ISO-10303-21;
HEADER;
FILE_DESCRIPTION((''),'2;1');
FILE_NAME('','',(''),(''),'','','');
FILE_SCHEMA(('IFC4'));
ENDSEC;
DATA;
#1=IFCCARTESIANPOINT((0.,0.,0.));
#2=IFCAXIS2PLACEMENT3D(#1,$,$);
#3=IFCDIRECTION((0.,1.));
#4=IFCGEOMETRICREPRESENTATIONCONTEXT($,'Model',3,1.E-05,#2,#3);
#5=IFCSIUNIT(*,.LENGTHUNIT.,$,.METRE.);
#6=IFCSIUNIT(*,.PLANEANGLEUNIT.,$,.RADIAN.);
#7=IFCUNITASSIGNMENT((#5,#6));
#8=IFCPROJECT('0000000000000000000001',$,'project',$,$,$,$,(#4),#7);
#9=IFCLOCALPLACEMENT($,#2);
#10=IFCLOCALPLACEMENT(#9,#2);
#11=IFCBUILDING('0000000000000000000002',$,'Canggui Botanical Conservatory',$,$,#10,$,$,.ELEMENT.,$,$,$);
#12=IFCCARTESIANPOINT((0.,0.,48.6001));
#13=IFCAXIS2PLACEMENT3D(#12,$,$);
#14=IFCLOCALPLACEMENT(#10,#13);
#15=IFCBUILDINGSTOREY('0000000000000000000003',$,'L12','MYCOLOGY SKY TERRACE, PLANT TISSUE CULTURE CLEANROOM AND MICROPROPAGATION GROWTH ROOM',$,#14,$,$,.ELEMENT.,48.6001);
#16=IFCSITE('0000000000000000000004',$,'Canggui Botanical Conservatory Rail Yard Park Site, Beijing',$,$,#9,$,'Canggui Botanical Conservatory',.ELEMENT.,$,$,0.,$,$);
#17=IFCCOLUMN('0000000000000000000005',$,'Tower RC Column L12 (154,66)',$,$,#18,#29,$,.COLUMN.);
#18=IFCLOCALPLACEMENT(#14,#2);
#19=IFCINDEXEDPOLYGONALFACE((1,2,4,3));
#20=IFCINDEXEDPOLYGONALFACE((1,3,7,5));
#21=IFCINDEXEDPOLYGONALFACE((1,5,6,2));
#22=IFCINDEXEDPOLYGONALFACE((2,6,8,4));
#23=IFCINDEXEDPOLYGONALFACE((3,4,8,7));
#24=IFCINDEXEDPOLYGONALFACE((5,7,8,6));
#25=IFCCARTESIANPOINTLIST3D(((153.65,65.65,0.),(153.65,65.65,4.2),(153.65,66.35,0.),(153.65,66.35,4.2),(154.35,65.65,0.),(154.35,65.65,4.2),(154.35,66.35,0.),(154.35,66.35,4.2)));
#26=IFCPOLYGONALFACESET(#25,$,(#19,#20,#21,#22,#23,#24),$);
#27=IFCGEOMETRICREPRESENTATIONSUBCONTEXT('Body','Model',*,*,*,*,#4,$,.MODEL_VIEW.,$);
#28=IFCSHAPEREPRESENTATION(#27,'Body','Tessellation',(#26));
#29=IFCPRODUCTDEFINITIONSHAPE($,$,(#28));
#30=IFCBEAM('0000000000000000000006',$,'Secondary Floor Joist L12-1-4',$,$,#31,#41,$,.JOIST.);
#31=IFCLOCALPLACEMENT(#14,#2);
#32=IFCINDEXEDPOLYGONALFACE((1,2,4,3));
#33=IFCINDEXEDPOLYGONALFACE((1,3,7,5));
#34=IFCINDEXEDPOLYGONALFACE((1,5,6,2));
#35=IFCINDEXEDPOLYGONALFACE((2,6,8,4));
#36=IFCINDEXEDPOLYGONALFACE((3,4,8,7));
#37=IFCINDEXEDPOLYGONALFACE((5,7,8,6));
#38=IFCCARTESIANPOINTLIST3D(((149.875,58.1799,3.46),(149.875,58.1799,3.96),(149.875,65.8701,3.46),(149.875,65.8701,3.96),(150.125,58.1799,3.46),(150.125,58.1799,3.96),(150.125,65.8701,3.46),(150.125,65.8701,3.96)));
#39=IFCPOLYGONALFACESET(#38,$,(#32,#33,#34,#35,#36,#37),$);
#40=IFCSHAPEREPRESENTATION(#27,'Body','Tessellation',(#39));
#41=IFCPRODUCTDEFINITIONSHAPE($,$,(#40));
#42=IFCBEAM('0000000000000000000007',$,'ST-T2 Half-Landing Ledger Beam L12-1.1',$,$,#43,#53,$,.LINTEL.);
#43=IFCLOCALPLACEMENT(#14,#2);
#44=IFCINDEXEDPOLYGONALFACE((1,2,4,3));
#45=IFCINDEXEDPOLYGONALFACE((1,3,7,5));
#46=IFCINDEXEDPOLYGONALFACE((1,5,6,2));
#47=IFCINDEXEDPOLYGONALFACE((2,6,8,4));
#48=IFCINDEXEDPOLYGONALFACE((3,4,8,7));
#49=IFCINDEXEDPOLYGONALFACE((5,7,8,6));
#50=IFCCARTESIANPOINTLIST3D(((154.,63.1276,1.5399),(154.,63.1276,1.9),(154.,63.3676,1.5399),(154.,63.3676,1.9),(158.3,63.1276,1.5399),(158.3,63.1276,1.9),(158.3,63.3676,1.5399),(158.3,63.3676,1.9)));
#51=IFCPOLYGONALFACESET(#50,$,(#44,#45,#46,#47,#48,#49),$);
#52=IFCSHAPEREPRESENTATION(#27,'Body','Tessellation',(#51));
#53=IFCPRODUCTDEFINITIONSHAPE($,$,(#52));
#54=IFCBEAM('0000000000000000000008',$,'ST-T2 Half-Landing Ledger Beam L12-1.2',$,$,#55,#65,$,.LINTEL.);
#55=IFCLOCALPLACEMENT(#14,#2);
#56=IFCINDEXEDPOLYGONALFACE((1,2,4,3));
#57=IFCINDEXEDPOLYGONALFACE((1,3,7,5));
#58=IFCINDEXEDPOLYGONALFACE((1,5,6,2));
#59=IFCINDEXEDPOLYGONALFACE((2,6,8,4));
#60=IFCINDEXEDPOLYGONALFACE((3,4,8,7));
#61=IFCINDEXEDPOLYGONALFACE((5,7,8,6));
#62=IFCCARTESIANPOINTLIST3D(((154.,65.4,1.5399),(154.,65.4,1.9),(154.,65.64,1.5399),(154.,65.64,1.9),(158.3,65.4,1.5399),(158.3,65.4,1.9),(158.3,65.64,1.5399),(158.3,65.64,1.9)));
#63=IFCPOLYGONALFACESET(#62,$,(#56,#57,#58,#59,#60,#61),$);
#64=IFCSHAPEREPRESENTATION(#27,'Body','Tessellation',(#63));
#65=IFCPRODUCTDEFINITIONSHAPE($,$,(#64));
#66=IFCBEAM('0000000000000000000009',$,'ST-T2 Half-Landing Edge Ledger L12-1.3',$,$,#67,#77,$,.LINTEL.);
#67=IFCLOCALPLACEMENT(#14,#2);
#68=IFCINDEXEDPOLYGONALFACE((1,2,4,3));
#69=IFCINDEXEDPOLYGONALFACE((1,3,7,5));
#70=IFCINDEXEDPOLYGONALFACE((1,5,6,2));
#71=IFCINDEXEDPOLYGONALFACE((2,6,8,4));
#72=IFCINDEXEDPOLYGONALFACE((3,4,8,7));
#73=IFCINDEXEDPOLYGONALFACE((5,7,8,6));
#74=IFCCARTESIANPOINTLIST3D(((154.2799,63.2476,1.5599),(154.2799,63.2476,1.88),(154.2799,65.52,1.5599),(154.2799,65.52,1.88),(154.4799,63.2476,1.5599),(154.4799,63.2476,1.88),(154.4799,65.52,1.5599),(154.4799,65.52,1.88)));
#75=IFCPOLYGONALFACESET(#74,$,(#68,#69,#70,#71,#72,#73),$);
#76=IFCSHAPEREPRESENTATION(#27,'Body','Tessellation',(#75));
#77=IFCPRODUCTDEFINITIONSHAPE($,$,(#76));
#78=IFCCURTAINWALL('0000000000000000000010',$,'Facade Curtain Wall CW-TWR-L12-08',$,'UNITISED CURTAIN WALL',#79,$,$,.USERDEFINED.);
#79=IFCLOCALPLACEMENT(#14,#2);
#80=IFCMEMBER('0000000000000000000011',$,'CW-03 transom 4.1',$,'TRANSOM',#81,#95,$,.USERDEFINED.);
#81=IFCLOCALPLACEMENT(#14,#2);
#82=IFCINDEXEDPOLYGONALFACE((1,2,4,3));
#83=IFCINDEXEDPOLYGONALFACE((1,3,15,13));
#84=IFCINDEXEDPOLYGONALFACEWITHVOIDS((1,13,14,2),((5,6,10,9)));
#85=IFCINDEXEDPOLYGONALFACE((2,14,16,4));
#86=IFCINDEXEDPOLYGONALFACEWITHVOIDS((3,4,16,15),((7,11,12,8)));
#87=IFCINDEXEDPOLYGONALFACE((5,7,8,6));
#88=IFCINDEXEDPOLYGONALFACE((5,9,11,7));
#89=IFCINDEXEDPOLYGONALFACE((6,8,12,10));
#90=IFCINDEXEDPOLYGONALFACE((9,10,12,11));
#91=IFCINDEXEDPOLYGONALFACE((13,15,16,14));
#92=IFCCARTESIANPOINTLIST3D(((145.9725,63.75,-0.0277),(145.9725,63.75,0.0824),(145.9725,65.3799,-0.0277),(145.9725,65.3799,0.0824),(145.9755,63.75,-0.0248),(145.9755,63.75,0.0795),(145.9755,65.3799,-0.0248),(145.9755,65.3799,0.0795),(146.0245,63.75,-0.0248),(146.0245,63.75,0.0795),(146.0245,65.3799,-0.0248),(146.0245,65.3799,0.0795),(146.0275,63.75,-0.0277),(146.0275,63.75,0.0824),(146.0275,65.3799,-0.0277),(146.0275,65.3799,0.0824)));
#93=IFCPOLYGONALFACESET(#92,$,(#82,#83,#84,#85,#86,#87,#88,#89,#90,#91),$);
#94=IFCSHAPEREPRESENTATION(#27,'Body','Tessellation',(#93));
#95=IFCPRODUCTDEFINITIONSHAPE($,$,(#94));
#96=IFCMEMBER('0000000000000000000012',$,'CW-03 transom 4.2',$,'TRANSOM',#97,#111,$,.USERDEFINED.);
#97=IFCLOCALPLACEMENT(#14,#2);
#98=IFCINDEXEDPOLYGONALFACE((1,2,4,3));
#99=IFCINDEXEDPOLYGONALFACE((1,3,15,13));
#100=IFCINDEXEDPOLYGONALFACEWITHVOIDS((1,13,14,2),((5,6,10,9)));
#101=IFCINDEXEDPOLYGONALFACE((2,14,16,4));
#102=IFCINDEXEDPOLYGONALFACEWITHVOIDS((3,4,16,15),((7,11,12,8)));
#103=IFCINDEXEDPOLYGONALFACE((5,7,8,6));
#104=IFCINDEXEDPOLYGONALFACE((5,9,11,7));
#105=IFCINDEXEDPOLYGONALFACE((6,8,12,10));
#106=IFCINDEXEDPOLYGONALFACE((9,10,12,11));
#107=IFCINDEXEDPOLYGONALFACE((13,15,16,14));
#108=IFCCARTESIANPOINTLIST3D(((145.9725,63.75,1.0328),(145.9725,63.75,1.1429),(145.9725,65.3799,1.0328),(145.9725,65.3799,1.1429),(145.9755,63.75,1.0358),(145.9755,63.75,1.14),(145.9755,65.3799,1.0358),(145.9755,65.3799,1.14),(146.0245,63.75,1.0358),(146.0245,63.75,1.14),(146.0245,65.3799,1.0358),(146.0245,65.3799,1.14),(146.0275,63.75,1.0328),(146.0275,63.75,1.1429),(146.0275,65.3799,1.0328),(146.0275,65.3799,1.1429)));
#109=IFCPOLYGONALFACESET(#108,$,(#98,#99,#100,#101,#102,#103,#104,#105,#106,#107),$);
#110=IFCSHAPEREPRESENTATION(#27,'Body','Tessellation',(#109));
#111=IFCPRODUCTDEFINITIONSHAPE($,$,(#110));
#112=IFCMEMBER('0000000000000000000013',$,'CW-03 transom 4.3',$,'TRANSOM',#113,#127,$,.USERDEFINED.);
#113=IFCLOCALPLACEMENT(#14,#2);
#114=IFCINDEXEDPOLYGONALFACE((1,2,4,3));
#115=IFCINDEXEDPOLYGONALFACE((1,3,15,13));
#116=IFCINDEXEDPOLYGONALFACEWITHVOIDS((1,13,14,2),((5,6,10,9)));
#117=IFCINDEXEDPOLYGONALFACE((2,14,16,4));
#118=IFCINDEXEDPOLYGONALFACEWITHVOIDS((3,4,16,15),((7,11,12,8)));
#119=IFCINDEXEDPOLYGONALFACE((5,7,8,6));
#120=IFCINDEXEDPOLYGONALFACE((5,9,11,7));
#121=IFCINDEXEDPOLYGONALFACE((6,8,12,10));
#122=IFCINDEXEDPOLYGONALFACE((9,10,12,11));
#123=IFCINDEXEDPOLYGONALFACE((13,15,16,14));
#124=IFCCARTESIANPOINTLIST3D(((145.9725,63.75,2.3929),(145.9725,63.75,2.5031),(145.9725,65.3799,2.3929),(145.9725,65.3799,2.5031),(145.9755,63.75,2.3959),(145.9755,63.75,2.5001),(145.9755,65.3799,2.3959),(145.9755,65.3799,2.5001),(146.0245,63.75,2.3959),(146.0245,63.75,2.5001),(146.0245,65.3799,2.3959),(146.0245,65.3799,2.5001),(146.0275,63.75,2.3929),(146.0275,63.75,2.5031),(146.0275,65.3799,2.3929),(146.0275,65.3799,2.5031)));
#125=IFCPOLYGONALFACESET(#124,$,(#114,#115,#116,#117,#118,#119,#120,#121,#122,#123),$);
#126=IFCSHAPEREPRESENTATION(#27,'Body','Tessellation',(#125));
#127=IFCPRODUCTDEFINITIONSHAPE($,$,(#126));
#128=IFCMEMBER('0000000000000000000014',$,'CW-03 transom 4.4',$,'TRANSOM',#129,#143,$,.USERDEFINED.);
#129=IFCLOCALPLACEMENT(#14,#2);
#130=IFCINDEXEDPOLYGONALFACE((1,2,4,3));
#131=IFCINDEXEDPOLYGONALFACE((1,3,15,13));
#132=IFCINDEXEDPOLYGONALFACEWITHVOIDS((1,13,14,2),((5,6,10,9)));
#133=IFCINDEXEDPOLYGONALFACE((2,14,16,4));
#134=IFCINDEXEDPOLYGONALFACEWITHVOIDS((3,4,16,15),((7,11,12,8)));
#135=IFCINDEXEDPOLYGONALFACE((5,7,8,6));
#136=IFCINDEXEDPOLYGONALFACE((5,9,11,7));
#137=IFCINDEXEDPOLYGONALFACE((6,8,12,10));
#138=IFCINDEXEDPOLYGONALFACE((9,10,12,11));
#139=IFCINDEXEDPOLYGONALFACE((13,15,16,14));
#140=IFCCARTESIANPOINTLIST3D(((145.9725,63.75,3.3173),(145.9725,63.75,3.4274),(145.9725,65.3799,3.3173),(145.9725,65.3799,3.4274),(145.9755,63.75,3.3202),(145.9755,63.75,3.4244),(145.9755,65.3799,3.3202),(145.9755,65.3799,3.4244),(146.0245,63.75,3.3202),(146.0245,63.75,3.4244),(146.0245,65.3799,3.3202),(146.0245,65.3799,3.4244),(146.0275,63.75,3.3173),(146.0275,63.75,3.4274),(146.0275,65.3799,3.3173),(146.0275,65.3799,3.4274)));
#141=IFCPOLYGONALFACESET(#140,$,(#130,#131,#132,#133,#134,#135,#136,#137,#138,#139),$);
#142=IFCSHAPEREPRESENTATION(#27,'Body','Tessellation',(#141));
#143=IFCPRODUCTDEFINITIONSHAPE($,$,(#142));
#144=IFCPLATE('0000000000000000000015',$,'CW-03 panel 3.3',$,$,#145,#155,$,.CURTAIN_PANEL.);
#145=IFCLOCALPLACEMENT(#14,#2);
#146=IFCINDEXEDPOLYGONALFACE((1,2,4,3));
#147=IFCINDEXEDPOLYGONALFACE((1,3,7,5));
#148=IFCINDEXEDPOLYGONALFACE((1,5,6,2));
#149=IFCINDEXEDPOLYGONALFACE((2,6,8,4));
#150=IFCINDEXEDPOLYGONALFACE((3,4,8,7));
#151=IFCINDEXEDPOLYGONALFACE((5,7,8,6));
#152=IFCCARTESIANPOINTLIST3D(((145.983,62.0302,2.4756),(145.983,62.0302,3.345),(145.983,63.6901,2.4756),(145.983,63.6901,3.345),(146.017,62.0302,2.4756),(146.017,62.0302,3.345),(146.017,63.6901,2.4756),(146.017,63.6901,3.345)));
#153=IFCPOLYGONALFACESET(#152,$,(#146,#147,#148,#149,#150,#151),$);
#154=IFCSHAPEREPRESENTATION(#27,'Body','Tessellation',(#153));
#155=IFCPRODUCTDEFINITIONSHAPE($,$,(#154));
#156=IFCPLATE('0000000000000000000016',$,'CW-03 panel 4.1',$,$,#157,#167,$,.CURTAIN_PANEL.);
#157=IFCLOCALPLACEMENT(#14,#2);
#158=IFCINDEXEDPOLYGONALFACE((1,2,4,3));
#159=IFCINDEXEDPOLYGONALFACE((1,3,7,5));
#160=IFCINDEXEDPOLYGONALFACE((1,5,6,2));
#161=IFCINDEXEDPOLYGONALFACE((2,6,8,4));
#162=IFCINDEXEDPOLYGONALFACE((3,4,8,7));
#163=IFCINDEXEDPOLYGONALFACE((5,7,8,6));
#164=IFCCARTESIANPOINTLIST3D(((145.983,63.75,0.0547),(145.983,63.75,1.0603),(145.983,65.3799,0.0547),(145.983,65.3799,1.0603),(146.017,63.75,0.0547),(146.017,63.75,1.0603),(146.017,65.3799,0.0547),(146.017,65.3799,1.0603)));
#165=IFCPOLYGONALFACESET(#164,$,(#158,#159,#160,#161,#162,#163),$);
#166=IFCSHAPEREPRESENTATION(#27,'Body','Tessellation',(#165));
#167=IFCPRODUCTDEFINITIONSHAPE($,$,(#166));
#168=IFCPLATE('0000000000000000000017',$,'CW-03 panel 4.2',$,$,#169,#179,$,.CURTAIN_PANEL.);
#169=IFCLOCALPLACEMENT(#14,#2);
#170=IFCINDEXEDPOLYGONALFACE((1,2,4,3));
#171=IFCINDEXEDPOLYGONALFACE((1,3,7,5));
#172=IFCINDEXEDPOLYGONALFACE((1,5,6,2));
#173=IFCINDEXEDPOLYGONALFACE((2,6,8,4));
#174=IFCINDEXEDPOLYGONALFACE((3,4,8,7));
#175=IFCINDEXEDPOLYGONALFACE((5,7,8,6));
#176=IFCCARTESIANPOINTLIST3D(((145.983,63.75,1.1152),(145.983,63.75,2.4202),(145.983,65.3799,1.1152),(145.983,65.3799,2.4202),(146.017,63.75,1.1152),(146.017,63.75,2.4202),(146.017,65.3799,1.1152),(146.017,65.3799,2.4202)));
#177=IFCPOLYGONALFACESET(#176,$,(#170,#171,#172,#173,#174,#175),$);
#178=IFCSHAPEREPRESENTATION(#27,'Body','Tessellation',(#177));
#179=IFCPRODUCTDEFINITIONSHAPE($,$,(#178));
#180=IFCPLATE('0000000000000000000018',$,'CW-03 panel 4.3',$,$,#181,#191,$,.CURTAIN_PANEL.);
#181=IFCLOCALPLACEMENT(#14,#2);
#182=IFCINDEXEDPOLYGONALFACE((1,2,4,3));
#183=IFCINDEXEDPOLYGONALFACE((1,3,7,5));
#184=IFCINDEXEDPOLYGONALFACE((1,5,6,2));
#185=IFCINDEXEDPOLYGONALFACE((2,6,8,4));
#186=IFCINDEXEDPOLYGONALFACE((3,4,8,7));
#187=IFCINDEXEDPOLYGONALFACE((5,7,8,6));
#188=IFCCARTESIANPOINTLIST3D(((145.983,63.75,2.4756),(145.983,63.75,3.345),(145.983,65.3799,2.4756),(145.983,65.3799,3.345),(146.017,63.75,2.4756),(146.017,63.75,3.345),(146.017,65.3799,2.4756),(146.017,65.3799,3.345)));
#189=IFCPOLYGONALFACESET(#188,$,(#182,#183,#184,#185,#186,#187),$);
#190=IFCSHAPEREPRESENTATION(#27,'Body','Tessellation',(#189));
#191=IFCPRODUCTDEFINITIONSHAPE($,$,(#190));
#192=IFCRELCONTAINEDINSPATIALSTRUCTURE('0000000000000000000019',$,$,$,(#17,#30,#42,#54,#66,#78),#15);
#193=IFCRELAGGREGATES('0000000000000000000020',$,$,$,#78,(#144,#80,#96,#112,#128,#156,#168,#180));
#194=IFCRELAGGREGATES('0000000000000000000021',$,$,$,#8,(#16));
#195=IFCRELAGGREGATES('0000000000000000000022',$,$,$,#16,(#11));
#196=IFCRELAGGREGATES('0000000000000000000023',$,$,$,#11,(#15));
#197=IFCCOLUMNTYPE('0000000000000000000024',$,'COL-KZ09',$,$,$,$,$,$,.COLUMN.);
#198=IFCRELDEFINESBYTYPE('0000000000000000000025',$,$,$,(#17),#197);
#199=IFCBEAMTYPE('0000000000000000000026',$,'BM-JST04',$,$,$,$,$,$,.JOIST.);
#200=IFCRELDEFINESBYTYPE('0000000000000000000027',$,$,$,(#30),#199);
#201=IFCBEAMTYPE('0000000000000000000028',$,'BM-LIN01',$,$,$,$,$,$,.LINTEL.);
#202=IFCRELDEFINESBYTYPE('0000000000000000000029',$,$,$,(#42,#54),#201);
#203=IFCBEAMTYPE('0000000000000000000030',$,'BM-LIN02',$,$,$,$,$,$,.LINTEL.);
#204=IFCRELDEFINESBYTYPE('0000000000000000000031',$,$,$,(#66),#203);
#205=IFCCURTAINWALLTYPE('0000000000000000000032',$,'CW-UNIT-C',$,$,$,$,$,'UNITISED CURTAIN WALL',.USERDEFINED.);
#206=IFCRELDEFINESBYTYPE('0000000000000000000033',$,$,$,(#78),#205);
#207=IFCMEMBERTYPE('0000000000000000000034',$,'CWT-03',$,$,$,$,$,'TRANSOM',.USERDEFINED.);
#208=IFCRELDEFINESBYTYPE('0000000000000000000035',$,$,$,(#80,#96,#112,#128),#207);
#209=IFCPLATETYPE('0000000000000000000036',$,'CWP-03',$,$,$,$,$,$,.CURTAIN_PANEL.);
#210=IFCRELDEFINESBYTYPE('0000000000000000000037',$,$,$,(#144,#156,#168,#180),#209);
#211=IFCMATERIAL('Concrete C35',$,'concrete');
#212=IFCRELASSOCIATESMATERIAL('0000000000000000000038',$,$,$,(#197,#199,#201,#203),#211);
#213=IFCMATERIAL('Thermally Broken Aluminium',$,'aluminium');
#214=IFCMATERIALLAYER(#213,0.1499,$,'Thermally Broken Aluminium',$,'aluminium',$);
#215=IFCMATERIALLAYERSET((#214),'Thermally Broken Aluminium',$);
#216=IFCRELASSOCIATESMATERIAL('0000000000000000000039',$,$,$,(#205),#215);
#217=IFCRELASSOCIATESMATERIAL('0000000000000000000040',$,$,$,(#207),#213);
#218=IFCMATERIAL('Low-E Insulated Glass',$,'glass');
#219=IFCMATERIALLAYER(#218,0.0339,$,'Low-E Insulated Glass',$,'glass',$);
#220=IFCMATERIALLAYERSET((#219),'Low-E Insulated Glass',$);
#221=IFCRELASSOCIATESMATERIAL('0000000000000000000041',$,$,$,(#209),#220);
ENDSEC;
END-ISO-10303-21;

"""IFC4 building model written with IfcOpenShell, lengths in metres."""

from ifc_helpers import new_model, si_unit, direction, frame, origin, origin_2d, place, context, subcontext, project, spatial, rectangle, hollow_rectangle, extrude, material, layer, layer_set, material_profile, profile_set, type_object, element, aggregate, save


model = new_model("IFC4")

# Units and contexts
model_context = context("Model", 3, precision=1e-05, world=origin(), true_north=direction((0.0, 1.0)))
body_context = subcontext(model_context, "Body", "Model", "MODEL_VIEW")
ifc_project = project(units=[si_unit("LENGTHUNIT", "METRE"), si_unit("PLANEANGLEUNIT", "RADIAN")], contexts=[model_context])

# Site, building, storey
site_placement = place(None, origin())
site = spatial("IfcSite", under=ifc_project, at=site_placement, Name="Canggui Botanical Conservatory Rail Yard Park Site, Beijing", LongName="Canggui Botanical Conservatory", CompositionType="ELEMENT", RefElevation=0.0)
building_placement = place(site_placement, origin())
building = spatial("IfcBuilding", under=site, at=building_placement, Name="Canggui Botanical Conservatory", CompositionType="ELEMENT")
storey_placement = place(building_placement, frame((0.0, 0.0, 48.6001)))
storey = spatial("IfcBuildingStorey", under=building, at=storey_placement, Name="L12", Description="MYCOLOGY SKY TERRACE, PLANT TISSUE CULTURE CLEANROOM AND MICROPROPAGATION GROWTH ROOM", CompositionType="ELEMENT", Elevation=48.6001)

# Column
ifc_material_1 = material(Name="Concrete C35", Category="concrete")
ifc_material_profile_1 = material_profile(ifc_material_1, rectangle(XDim=0.7, YDim=0.7, at=origin_2d()), Name="RC 700x700")
ifc_profile_set_1 = profile_set([ifc_material_profile_1], Name="Concrete C35")
column_type = type_object("IfcColumnType", Name="COL-KZ09", PredefinedType="COLUMN", material=ifc_profile_set_1)
column_placement = place(storey_placement, frame((154.0, 66.0, 0.0), z_axis=(0.0, 0.0, 1.0), x_axis=(1.0, 0.0, 0.0)))
element("IfcColumn", 1, at=column_placement, inside=storey, type_object=column_type, Name="Tower RC Column L12 (154,66)", PredefinedType="COLUMN", context=body_context, shape_type="SweptSolid", body=[
    extrude(rectangle(XDim=0.7, YDim=0.7, at=origin_2d()), origin(), (0.0, 0.0, 1.0), 4.2),
])

# Beams
ifc_material_profile_2 = material_profile(ifc_material_1, rectangle(XDim=0.25, YDim=0.5, at=origin_2d()), Name="RB 250x500")
ifc_profile_set_2 = profile_set([ifc_material_profile_2], Name="Concrete C35")
beam_type_1 = type_object("IfcBeamType", Name="BM-JST04", PredefinedType="JOIST", material=ifc_profile_set_2)
beam_1_placement = place(storey_placement, frame((150.0, 58.1799, 3.71), z_axis=(0.0, 1.0, 0.0), x_axis=(-1.0, 0.0, 0.0)))
element("IfcBeam", 2, at=beam_1_placement, inside=storey, type_object=beam_type_1, Name="Secondary Floor Joist L12-1-4", PredefinedType="JOIST", context=body_context, shape_type="SweptSolid", body=[
    extrude(rectangle(XDim=0.25, YDim=0.5, at=origin_2d()), origin(), (0.0, 0.0, 1.0), 7.6902),
])
ifc_material_profile_3 = material_profile(ifc_material_1, rectangle(XDim=0.24, YDim=0.3601, at=origin_2d()), Name="RB 240x360")
ifc_profile_set_3 = profile_set([ifc_material_profile_3], Name="Concrete C35")
beam_type_2 = type_object("IfcBeamType", Name="BM-LIN01", PredefinedType="LINTEL", material=ifc_profile_set_3)
for number, where, z_axis, x_axis, name in (
    (3, (154.0, 63.2476, 1.72), (1.0, 0.0, 0.0), (0.0, 1.0, 0.0), "ST-T2 Half-Landing Ledger Beam L12-1.1"),
    (4, (154.0, 65.52, 1.72), (1.0, 0.0, 0.0), (0.0, 1.0, 0.0), "ST-T2 Half-Landing Ledger Beam L12-1.2"),
):
    element("IfcBeam", number, at=place(storey_placement, frame(where, z_axis=z_axis, x_axis=x_axis)), inside=storey, type_object=beam_type_2, Name=name, PredefinedType="LINTEL", context=body_context, shape_type="SweptSolid", body=[
        extrude(rectangle(XDim=0.24, YDim=0.3601, at=origin_2d()), origin(), (0.0, 0.0, 1.0), 4.3),
    ])
ifc_material_profile_4 = material_profile(ifc_material_1, rectangle(XDim=0.2, YDim=0.3201, at=origin_2d()), Name="RB 200x320")
ifc_profile_set_4 = profile_set([ifc_material_profile_4], Name="Concrete C35")
beam_type_3 = type_object("IfcBeamType", Name="BM-LIN02", PredefinedType="LINTEL", material=ifc_profile_set_4)
beam_2_placement = place(storey_placement, frame((154.3799, 63.2476, 1.72), z_axis=(0.0, 1.0, 0.0), x_axis=(-1.0, 0.0, 0.0)))
element("IfcBeam", 5, at=beam_2_placement, inside=storey, type_object=beam_type_3, Name="ST-T2 Half-Landing Edge Ledger L12-1.3", PredefinedType="LINTEL", context=body_context, shape_type="SweptSolid", body=[
    extrude(rectangle(XDim=0.2, YDim=0.3201, at=origin_2d()), origin(), (0.0, 0.0, 1.0), 2.2725),
])

# Curtain wall, members, plates
ifc_material_2 = material(Name="Thermally Broken Aluminium", Category="aluminium")
ifc_layer_1 = layer(ifc_material_2, 0.1499, Name="Thermally Broken Aluminium", Category="aluminium")
ifc_layer_set_1 = layer_set([ifc_layer_1], Name="Thermally Broken Aluminium")
curtain_wall_type = type_object("IfcCurtainWallType", Name="CW-UNIT-C", ElementType="UNITISED CURTAIN WALL", PredefinedType="USERDEFINED", material=ifc_layer_set_1)
curtain_wall_placement = place(storey_placement, origin())
curtain_wall = element("IfcCurtainWall", 6, at=curtain_wall_placement, inside=storey, type_object=curtain_wall_type, Name="Facade Curtain Wall CW-TWR-L12-08", ObjectType="UNITISED CURTAIN WALL", PredefinedType="USERDEFINED")
ifc_material_profile_5 = material_profile(ifc_material_2, hollow_rectangle(XDim=0.0549, YDim=0.1101, WallThickness=0.0029, at=origin_2d()), Name="CWT 55x110x3")
ifc_profile_set_5 = profile_set([ifc_material_profile_5], Name="Thermally Broken Aluminium")
member_type = type_object("IfcMemberType", Name="CWT-03", ElementType="TRANSOM", PredefinedType="USERDEFINED", material=ifc_profile_set_5)
member_1_placement = place(storey_placement, frame((146.0, 63.75, 0.0273), z_axis=(0.0, 1.0, 0.0), x_axis=(-1.0, 0.0, 0.0)))
member_1 = element("IfcMember", 7, at=member_1_placement, type_object=member_type, Name="CW-03 transom 4.1", ObjectType="TRANSOM", PredefinedType="USERDEFINED", context=body_context, shape_type="SweptSolid", body=[
    extrude(hollow_rectangle(XDim=0.0549, YDim=0.1101, WallThickness=0.0029, at=origin_2d()), origin(), (0.0, 0.0, 1.0), 1.6299),
])
member_2_placement = place(storey_placement, frame((146.0, 63.75, 1.0879), z_axis=(0.0, 1.0, 0.0), x_axis=(-1.0, 0.0, 0.0)))
member_2 = element("IfcMember", 8, at=member_2_placement, type_object=member_type, Name="CW-03 transom 4.2", ObjectType="TRANSOM", PredefinedType="USERDEFINED", context=body_context, shape_type="SweptSolid", body=[
    extrude(hollow_rectangle(XDim=0.0549, YDim=0.1101, WallThickness=0.0029, at=origin_2d()), origin(), (0.0, 0.0, 1.0), 1.6299),
])
member_3_placement = place(storey_placement, frame((146.0, 63.75, 2.448), z_axis=(0.0, 1.0, 0.0), x_axis=(-1.0, 0.0, 0.0)))
member_3 = element("IfcMember", 9, at=member_3_placement, type_object=member_type, Name="CW-03 transom 4.3", ObjectType="TRANSOM", PredefinedType="USERDEFINED", context=body_context, shape_type="SweptSolid", body=[
    extrude(hollow_rectangle(XDim=0.0549, YDim=0.1101, WallThickness=0.0029, at=origin_2d()), origin(), (0.0, 0.0, 1.0), 1.6299),
])
member_4_placement = place(storey_placement, frame((146.0, 63.75, 3.3723), z_axis=(0.0, 1.0, 0.0), x_axis=(-1.0, 0.0, 0.0)))
member_4 = element("IfcMember", 10, at=member_4_placement, type_object=member_type, Name="CW-03 transom 4.4", ObjectType="TRANSOM", PredefinedType="USERDEFINED", context=body_context, shape_type="SweptSolid", body=[
    extrude(hollow_rectangle(XDim=0.0549, YDim=0.1101, WallThickness=0.0029, at=origin_2d()), origin(), (0.0, 0.0, 1.0), 1.6299),
])
ifc_material_3 = material(Name="Low-E Insulated Glass", Category="glass")
ifc_layer_2 = layer(ifc_material_3, 0.0339, Name="Low-E Insulated Glass", Category="glass")
ifc_layer_set_2 = layer_set([ifc_layer_2], Name="Low-E Insulated Glass")
plate_type = type_object("IfcPlateType", Name="CWP-03", PredefinedType="CURTAIN_PANEL", material=ifc_layer_set_2)
plate_1_placement = place(storey_placement, frame((146.0, 62.8601, 2.4756), z_axis=(0.0, 0.0, 1.0), x_axis=(0.0, 1.0, 0.0)))
plate_1 = element("IfcPlate", 11, at=plate_1_placement, type_object=plate_type, Name="CW-03 panel 3.3", PredefinedType="CURTAIN_PANEL", context=body_context, shape_type="SweptSolid", body=[
    extrude(rectangle(XDim=1.6599, YDim=0.0339, at=origin_2d()), origin(), (0.0, 0.0, 1.0), 0.8694),
])
plate_2_placement = place(storey_placement, frame((146.0, 64.5649, 0.0547), z_axis=(0.0, 0.0, 1.0), x_axis=(0.0, 1.0, 0.0)))
plate_2 = element("IfcPlate", 12, at=plate_2_placement, type_object=plate_type, Name="CW-03 panel 4.1", PredefinedType="CURTAIN_PANEL", context=body_context, shape_type="SweptSolid", body=[
    extrude(rectangle(XDim=1.6299, YDim=0.0339, at=origin_2d()), origin(), (0.0, 0.0, 1.0), 1.0056),
])
plate_3_placement = place(storey_placement, frame((146.0, 64.5649, 1.1152), z_axis=(0.0, 0.0, 1.0), x_axis=(0.0, 1.0, 0.0)))
plate_3 = element("IfcPlate", 13, at=plate_3_placement, type_object=plate_type, Name="CW-03 panel 4.2", PredefinedType="CURTAIN_PANEL", context=body_context, shape_type="SweptSolid", body=[
    extrude(rectangle(XDim=1.6299, YDim=0.0339, at=origin_2d()), origin(), (0.0, 0.0, 1.0), 1.3049),
])
plate_4_placement = place(storey_placement, frame((146.0, 64.5649, 2.4756), z_axis=(0.0, 0.0, 1.0), x_axis=(0.0, 1.0, 0.0)))
plate_4 = element("IfcPlate", 14, at=plate_4_placement, type_object=plate_type, Name="CW-03 panel 4.3", PredefinedType="CURTAIN_PANEL", context=body_context, shape_type="SweptSolid", body=[
    extrude(rectangle(XDim=1.6299, YDim=0.0339, at=origin_2d()), origin(), (0.0, 0.0, 1.0), 0.8694),
])
aggregate(curtain_wall, [plate_1, member_1, member_2, member_3, member_4, plate_2, plate_3, plate_4])

save(model, "model.ifc")
